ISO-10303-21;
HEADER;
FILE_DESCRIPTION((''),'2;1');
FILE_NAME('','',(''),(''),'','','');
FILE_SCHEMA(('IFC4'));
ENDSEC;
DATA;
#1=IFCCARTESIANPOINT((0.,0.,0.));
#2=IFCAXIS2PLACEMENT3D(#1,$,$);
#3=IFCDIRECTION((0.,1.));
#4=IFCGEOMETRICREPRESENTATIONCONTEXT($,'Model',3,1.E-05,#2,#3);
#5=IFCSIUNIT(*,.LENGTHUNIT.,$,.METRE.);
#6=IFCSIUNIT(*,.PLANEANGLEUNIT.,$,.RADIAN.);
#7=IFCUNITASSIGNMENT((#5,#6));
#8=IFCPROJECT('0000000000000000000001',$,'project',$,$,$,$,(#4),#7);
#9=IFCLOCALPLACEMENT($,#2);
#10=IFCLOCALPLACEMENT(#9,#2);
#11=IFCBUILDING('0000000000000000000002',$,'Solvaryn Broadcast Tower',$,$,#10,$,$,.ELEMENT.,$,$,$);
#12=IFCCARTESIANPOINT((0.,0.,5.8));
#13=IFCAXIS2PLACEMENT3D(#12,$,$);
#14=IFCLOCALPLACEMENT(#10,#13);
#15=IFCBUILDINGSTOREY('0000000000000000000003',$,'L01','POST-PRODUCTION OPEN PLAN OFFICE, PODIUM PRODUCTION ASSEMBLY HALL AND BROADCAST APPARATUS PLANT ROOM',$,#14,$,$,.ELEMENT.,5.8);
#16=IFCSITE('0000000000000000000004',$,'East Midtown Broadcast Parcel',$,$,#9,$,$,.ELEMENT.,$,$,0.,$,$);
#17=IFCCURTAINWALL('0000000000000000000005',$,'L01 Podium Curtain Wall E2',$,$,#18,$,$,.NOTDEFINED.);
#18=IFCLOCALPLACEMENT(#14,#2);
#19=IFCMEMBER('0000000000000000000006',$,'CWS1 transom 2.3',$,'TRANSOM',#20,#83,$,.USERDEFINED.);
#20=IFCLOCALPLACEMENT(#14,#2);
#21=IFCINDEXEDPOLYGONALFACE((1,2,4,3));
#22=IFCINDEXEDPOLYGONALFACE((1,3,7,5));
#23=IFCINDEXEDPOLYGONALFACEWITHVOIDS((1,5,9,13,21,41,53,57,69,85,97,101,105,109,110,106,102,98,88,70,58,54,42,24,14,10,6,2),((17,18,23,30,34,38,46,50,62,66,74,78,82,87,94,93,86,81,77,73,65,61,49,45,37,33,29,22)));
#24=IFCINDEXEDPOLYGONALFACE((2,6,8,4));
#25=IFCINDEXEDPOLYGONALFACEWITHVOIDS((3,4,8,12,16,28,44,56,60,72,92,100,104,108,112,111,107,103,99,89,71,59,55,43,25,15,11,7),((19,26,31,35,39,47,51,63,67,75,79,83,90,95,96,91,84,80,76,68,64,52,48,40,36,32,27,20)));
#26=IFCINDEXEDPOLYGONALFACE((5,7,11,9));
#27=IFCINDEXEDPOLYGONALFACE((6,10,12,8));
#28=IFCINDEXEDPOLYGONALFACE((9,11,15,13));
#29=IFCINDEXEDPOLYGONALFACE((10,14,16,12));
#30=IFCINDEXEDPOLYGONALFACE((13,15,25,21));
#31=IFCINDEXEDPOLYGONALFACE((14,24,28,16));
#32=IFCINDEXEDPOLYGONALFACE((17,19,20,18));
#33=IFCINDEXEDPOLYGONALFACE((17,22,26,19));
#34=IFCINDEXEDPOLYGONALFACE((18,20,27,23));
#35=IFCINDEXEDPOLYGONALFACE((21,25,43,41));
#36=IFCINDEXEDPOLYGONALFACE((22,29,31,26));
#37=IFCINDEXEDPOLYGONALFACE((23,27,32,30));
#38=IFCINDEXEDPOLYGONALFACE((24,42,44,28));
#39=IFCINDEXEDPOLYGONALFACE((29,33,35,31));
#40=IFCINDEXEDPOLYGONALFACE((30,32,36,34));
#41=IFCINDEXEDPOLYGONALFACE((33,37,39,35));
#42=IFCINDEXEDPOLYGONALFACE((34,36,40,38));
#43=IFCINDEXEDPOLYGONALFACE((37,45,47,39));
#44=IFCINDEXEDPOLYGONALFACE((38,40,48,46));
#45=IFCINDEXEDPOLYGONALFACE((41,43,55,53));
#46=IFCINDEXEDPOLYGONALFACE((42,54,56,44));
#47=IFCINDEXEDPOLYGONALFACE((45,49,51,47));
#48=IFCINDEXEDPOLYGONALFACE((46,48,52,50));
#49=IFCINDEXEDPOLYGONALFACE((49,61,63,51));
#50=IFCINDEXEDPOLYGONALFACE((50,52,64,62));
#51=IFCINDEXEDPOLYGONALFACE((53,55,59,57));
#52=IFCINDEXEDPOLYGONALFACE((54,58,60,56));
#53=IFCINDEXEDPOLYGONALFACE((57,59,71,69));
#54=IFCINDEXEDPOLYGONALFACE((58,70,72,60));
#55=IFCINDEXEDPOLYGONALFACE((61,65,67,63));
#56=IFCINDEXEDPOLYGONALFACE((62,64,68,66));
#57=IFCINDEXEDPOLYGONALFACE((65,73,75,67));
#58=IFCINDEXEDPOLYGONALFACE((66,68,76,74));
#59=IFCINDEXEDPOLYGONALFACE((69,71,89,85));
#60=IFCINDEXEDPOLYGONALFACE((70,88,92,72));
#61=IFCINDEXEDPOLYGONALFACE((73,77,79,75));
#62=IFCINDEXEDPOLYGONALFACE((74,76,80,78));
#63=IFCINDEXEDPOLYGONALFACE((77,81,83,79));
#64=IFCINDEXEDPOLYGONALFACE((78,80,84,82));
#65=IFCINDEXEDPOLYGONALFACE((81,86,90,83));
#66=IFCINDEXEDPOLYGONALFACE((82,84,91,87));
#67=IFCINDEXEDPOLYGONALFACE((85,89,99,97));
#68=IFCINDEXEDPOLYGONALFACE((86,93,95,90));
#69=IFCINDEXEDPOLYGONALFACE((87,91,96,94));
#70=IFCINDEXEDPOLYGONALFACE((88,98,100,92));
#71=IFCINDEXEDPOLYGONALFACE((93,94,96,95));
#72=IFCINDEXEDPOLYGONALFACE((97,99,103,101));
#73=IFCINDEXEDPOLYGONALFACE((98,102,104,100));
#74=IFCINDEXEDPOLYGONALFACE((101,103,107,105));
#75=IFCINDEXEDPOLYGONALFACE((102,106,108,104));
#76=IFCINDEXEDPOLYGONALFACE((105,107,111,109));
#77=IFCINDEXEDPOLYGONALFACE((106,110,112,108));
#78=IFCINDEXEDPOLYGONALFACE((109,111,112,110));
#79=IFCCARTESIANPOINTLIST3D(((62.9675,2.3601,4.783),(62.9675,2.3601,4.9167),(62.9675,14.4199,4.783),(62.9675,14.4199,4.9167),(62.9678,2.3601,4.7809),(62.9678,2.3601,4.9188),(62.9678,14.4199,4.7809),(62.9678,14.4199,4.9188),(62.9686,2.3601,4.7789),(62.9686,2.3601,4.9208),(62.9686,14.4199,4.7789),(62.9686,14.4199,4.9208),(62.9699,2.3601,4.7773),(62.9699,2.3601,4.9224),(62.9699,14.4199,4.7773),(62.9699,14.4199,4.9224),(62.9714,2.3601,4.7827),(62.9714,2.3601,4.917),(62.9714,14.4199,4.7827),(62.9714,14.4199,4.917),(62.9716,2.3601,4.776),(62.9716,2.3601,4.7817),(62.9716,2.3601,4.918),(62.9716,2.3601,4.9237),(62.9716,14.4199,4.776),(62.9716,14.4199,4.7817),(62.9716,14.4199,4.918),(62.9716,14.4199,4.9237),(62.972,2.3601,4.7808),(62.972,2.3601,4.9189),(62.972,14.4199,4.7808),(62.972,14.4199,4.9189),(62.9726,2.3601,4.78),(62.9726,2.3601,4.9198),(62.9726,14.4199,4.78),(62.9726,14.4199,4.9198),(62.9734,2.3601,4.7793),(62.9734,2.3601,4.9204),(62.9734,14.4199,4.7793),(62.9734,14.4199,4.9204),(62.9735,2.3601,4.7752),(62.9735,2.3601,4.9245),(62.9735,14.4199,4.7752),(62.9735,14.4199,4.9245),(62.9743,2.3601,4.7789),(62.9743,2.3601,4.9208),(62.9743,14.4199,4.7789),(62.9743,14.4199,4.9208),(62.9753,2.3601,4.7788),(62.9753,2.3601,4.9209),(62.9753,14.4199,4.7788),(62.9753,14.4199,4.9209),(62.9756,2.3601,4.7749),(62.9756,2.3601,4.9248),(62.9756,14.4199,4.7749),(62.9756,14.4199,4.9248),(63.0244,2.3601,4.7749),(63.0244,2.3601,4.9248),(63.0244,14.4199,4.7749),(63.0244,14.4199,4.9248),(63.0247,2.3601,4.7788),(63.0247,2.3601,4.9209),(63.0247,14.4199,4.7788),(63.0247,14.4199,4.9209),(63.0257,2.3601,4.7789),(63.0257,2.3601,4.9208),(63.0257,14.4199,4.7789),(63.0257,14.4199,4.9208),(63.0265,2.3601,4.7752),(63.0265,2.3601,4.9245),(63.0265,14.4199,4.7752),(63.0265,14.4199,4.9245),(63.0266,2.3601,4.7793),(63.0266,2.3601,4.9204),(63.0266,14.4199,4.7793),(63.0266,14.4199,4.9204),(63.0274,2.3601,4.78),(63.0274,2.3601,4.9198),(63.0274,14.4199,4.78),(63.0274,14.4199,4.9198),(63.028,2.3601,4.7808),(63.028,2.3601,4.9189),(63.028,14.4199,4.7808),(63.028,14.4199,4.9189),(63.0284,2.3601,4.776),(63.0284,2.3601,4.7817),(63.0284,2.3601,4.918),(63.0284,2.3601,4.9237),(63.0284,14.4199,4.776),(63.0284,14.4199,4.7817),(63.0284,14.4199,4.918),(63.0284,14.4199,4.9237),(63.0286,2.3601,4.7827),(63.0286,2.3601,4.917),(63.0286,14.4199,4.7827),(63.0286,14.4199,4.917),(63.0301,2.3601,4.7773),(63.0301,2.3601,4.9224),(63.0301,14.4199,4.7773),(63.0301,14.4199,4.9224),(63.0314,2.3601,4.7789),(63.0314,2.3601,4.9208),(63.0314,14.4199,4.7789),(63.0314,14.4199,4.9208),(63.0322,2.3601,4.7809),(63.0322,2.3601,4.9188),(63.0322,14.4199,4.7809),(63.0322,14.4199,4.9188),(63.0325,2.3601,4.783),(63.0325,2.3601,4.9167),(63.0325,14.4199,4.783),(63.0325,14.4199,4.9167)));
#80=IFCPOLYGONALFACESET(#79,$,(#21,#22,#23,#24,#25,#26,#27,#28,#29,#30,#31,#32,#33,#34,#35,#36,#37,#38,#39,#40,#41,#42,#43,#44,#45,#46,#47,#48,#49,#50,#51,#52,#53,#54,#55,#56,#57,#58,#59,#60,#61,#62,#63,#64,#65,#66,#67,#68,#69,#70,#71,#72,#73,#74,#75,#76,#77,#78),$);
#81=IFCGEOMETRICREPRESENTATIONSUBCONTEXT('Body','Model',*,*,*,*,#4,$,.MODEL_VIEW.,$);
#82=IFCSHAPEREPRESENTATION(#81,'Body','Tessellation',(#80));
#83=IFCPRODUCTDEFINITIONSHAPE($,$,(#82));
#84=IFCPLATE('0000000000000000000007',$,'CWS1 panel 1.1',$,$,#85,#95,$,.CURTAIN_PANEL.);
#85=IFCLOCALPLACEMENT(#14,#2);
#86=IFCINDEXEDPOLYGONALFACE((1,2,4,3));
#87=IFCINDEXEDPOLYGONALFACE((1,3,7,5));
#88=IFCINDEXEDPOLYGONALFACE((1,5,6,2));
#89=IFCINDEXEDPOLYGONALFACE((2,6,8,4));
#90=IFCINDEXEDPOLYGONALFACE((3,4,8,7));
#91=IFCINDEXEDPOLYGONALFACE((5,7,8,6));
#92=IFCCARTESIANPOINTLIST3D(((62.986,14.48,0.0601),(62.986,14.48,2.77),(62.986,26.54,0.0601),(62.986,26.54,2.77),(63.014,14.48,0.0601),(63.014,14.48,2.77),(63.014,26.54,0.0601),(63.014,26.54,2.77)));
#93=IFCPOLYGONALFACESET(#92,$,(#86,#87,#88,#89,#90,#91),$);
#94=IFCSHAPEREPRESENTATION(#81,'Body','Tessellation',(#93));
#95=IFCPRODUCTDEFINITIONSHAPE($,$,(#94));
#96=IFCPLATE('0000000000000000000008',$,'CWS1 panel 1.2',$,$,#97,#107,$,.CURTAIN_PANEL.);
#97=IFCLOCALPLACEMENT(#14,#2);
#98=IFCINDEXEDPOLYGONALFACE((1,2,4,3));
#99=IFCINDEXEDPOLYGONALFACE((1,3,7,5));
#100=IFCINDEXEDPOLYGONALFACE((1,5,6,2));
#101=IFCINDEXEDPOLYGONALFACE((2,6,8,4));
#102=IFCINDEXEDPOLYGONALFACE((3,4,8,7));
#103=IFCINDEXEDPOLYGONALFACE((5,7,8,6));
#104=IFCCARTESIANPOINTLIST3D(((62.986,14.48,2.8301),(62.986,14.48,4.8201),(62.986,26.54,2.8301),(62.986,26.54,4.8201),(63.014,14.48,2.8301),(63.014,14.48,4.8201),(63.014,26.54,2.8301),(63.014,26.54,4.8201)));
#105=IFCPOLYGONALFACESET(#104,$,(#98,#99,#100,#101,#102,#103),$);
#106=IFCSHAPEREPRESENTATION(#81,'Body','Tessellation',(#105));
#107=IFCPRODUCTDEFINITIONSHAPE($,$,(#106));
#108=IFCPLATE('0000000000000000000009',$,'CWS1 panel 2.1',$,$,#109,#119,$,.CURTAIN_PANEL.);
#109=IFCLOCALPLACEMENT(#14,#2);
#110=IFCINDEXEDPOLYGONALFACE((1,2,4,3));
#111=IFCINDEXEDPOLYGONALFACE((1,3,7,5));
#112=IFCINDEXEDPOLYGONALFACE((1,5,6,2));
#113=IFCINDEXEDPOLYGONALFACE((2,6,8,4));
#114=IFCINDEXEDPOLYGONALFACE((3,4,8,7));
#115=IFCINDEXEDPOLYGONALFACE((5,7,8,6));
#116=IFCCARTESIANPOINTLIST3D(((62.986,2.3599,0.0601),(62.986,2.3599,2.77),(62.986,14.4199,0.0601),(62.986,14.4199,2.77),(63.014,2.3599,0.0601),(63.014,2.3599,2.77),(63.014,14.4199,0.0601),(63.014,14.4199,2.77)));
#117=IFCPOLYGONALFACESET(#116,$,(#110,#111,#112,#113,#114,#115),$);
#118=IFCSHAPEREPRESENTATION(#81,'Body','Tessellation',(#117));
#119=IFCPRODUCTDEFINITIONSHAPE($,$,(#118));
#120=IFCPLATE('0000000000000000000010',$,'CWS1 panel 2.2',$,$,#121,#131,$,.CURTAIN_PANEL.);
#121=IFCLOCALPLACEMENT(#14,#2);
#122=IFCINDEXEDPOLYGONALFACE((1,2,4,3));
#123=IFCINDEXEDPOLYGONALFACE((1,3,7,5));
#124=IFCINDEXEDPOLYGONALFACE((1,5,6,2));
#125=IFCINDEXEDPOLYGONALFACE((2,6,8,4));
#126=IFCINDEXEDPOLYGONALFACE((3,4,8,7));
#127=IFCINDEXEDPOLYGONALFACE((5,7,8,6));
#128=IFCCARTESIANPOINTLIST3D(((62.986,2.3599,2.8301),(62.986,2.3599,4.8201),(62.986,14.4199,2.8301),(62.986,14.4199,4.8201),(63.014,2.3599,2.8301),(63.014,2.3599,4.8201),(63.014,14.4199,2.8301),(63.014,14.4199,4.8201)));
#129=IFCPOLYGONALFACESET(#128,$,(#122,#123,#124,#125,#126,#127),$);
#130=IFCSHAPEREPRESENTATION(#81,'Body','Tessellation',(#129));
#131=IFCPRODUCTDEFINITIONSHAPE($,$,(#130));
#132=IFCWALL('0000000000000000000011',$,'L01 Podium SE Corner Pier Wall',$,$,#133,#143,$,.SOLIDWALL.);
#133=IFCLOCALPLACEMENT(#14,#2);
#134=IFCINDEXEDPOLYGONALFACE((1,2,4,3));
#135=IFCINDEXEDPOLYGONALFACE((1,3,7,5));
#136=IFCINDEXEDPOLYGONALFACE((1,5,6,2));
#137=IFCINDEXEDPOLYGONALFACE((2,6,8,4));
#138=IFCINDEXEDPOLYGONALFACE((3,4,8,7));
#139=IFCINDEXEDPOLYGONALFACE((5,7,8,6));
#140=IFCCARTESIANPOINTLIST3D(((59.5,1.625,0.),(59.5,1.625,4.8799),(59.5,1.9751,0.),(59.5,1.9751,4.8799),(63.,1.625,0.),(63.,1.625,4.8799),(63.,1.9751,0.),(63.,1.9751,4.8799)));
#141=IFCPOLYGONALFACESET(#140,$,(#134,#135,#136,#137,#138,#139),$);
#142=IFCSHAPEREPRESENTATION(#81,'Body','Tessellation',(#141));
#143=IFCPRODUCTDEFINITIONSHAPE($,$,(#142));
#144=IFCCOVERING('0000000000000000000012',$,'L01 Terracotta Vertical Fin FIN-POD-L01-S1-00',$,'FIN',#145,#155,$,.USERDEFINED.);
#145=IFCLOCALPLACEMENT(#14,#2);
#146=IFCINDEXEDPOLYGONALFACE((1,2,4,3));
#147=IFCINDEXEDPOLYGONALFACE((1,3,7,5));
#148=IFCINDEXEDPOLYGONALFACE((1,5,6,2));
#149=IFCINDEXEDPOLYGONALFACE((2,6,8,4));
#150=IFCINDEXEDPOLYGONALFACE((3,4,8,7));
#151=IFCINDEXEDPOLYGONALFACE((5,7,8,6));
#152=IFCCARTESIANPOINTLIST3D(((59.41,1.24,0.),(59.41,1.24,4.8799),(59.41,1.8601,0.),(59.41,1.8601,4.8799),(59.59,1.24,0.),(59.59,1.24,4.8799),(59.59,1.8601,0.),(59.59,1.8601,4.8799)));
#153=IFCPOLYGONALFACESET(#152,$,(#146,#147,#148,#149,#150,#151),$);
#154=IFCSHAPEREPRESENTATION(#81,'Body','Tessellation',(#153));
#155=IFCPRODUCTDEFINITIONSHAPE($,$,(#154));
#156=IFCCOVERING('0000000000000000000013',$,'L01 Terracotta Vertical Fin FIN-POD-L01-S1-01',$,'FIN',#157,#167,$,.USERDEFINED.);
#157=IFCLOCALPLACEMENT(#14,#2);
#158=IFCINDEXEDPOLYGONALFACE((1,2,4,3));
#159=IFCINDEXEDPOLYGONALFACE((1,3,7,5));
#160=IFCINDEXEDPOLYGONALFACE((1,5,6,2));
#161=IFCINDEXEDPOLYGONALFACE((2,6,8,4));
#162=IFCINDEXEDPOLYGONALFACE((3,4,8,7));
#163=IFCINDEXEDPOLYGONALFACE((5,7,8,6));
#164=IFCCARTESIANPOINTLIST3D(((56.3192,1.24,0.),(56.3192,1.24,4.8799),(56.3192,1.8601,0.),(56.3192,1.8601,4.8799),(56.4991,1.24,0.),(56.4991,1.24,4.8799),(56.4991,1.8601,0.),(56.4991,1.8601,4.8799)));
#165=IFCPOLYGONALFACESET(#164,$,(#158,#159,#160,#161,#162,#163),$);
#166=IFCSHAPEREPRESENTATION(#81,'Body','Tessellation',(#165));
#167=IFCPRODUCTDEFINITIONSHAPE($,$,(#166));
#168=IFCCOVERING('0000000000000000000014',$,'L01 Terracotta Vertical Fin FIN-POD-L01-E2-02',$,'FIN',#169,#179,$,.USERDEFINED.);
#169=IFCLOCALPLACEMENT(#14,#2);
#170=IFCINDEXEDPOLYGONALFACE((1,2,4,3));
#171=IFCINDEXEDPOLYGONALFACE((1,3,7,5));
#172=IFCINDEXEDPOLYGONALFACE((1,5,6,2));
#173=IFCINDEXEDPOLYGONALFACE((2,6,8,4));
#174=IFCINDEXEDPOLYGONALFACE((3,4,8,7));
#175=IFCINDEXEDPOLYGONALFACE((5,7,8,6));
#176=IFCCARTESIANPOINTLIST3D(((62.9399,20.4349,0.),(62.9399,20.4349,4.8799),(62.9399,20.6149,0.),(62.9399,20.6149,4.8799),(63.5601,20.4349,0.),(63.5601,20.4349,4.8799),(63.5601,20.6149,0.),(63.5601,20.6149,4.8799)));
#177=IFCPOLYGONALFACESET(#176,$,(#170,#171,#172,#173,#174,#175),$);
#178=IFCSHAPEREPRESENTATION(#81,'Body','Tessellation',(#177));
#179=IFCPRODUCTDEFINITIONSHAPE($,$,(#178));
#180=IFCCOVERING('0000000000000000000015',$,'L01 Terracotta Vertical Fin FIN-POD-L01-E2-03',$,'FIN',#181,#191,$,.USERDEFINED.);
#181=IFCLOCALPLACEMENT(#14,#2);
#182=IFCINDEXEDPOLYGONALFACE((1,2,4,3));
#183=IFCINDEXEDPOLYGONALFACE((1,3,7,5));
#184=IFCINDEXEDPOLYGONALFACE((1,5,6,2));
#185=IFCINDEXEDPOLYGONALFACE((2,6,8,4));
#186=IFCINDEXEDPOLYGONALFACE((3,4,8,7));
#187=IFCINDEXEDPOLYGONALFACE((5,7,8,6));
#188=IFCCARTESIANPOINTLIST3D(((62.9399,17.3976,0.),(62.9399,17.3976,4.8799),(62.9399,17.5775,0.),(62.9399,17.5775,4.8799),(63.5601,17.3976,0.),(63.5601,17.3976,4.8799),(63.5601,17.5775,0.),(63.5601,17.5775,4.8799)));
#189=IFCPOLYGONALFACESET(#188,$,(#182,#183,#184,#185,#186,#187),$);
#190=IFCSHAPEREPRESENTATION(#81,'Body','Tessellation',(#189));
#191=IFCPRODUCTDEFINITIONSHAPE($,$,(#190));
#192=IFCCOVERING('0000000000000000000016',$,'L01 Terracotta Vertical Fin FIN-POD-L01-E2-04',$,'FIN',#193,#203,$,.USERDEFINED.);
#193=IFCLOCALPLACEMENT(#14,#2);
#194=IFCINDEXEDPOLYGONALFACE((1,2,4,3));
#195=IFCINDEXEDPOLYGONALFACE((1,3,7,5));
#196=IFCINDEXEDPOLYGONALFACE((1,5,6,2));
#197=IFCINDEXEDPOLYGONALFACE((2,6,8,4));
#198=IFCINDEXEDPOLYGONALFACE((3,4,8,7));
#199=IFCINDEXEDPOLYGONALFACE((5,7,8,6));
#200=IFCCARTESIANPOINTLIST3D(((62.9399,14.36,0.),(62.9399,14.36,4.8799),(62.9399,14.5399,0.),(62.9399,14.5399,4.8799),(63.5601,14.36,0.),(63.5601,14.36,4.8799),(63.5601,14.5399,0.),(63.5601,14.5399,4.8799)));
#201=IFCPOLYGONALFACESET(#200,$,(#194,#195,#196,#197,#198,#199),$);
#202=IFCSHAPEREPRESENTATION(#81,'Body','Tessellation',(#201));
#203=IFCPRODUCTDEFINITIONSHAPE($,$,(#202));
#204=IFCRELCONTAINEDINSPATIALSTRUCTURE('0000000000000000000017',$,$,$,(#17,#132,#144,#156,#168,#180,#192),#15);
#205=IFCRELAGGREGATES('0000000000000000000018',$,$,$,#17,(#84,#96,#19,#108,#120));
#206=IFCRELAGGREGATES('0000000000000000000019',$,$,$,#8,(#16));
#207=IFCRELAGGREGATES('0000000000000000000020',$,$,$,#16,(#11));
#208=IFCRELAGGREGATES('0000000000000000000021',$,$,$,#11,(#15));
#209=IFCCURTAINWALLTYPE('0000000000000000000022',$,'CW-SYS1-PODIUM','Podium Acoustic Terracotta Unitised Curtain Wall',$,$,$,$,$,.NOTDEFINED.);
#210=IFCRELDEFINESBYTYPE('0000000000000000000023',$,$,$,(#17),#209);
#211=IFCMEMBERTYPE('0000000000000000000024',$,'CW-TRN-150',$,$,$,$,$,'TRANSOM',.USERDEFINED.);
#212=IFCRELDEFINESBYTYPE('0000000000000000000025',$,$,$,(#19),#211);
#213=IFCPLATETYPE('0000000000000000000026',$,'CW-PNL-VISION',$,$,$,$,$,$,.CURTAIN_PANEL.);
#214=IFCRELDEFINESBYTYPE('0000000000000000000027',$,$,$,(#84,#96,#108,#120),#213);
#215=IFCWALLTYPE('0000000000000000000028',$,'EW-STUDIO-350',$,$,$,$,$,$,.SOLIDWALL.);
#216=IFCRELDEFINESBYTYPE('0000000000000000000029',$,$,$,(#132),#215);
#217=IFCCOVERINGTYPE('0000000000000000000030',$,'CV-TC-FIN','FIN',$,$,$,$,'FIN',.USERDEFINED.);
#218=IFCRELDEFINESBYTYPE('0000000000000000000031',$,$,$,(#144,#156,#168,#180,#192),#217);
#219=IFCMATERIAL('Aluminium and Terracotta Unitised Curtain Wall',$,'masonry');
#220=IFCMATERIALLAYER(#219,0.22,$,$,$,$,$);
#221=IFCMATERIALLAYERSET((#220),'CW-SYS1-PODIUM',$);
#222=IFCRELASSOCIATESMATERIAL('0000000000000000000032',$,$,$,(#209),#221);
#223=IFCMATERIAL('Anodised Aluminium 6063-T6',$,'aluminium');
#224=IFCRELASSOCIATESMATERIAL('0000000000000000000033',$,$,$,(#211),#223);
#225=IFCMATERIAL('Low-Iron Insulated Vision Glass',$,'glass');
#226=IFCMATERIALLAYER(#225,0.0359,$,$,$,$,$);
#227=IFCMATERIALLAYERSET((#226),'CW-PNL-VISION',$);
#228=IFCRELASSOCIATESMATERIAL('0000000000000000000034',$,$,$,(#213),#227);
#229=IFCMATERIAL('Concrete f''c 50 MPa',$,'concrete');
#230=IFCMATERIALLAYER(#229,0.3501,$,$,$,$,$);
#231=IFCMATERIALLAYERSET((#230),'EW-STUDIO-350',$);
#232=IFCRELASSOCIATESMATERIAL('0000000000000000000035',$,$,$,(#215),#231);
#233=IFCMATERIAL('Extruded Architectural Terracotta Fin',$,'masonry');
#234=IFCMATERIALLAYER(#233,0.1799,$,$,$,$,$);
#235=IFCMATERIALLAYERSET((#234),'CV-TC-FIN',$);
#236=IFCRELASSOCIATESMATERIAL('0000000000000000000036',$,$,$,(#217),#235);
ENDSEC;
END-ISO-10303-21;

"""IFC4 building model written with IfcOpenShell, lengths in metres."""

from ifc_helpers import new_model, si_unit, direction, frame, frame_2d, origin, origin_2d, place, context, subcontext, project, spatial, rectangle, hollow_rectangle, extrude, material, layer, layer_set, material_profile, profile_set, type_object, element, aggregate, save


model = new_model("IFC4")

# Units and contexts
model_context = context("Model", 3, precision=1e-05, world=origin(), true_north=direction((0.0, 1.0)))
body_context = subcontext(model_context, "Body", "Model", "MODEL_VIEW")
ifc_project = project(units=[si_unit("LENGTHUNIT", "METRE"), si_unit("PLANEANGLEUNIT", "RADIAN")], contexts=[model_context])

# Site, building, storey
site_placement = place(None, origin())
site = spatial("IfcSite", under=ifc_project, at=site_placement, Name="East Midtown Broadcast Parcel", CompositionType="ELEMENT", RefElevation=0.0)
building_placement = place(site_placement, origin())
building = spatial("IfcBuilding", under=site, at=building_placement, Name="Solvaryn Broadcast Tower", CompositionType="ELEMENT")
storey_placement = place(building_placement, frame((0.0, 0.0, 5.8)))
storey = spatial("IfcBuildingStorey", under=building, at=storey_placement, Name="L01", Description="POST-PRODUCTION OPEN PLAN OFFICE, PODIUM PRODUCTION ASSEMBLY HALL AND BROADCAST APPARATUS PLANT ROOM", CompositionType="ELEMENT", Elevation=5.8)

# Shared definitions
ifc_material_1 = material(Name="Aluminium and Terracotta Unitised Curtain Wall", Category="masonry")
ifc_layer_1 = layer(ifc_material_1, 0.22)
ifc_layer_set_1 = layer_set([ifc_layer_1], Name="CW-SYS1-PODIUM")
curtain_wall_type = type_object("IfcCurtainWallType", Name="CW-SYS1-PODIUM", Description="Podium Acoustic Terracotta Unitised Curtain Wall", PredefinedType="NOTDEFINED", material=ifc_layer_set_1)

# Curtain wall
curtain_wall_1_placement = place(storey_placement, origin())
curtain_wall_1 = element("IfcCurtainWall", 1, at=curtain_wall_1_placement, inside=storey, type_object=curtain_wall_type, Name="L01 Podium Curtain Wall E2", PredefinedType="NOTDEFINED")

# Member
ifc_material_2 = material(Name="Anodised Aluminium 6063-T6", Category="aluminium")
ifc_material_profile_1 = material_profile(ifc_material_2, hollow_rectangle(XDim=0.0649, YDim=0.1499, WallThickness=0.0039, InnerFilletRadius=0.0039, OuterFilletRadius=0.0081, at=origin_2d()))
ifc_profile_set_1 = profile_set([ifc_material_profile_1], Name="Anodised Aluminium 6063-T6")
member_type_1 = type_object("IfcMemberType", Name="CW-TRN-150", ElementType="TRANSOM", PredefinedType="USERDEFINED", material=ifc_profile_set_1)
member_1_placement = place(storey_placement, frame((63.0, 14.4199, 4.8499), z_axis=(0.0, -1.0, 0.0), x_axis=(1.0, 0.0, 0.0)))
member_1 = element("IfcMember", 2, at=member_1_placement, type_object=member_type_1, Name="CWS1 transom 2.3", ObjectType="TRANSOM", PredefinedType="USERDEFINED", context=body_context, shape_type="SweptSolid", body=[
    extrude(hollow_rectangle(XDim=0.0649, YDim=0.1499, WallThickness=0.0039, InnerFilletRadius=0.0039, OuterFilletRadius=0.0081, at=origin_2d()), origin(), (0.0, 0.0, 1.0), 12.0598),
])

# Plates
ifc_material_3 = material(Name="Low-Iron Insulated Vision Glass", Category="glass")
ifc_layer_2 = layer(ifc_material_3, 0.0359)
ifc_layer_set_2 = layer_set([ifc_layer_2], Name="CW-PNL-VISION")
plate_type = type_object("IfcPlateType", Name="CW-PNL-VISION", PredefinedType="CURTAIN_PANEL", material=ifc_layer_set_2)
plate_1_placement = place(storey_placement, frame((63.0, 20.51, 0.0601), z_axis=(0.0, 0.0, 1.0), x_axis=(0.0, -1.0, 0.0)))
plate_1 = element("IfcPlate", 3, at=plate_1_placement, type_object=plate_type, Name="CWS1 panel 1.1", PredefinedType="CURTAIN_PANEL", context=body_context, shape_type="SweptSolid", body=[
    extrude(rectangle(XDim=12.0601, YDim=0.0281, at=origin_2d()), origin(), (0.0, 0.0, 1.0), 2.71),
])
plate_2_placement = place(storey_placement, frame((63.0, 20.51, 2.8301), z_axis=(0.0, 0.0, 1.0), x_axis=(0.0, -1.0, 0.0)))
plate_2 = element("IfcPlate", 4, at=plate_2_placement, type_object=plate_type, Name="CWS1 panel 1.2", PredefinedType="CURTAIN_PANEL", context=body_context, shape_type="SweptSolid", body=[
    extrude(rectangle(XDim=12.0601, YDim=0.0281, at=origin_2d()), origin(), (0.0, 0.0, 1.0), 1.99),
])
plate_3_placement = place(storey_placement, frame((63.0, 8.3899, 0.0601), z_axis=(0.0, 0.0, 1.0), x_axis=(0.0, -1.0, 0.0)))
plate_3 = element("IfcPlate", 5, at=plate_3_placement, type_object=plate_type, Name="CWS1 panel 2.1", PredefinedType="CURTAIN_PANEL", context=body_context, shape_type="SweptSolid", body=[
    extrude(rectangle(XDim=12.0601, YDim=0.0281, at=origin_2d()), origin(), (0.0, 0.0, 1.0), 2.71),
])
plate_4_placement = place(storey_placement, frame((63.0, 8.3899, 2.8301), z_axis=(0.0, 0.0, 1.0), x_axis=(0.0, -1.0, 0.0)))
plate_4 = element("IfcPlate", 6, at=plate_4_placement, type_object=plate_type, Name="CWS1 panel 2.2", PredefinedType="CURTAIN_PANEL", context=body_context, shape_type="SweptSolid", body=[
    extrude(rectangle(XDim=12.0601, YDim=0.0281, at=origin_2d()), origin(), (0.0, 0.0, 1.0), 1.99),
])
aggregate(curtain_wall_1, [plate_1, plate_2, member_1, plate_3, plate_4])

# Wall
ifc_material_4 = material(Name="Concrete f'c 50 MPa", Category="concrete")
ifc_layer_3 = layer(ifc_material_4, 0.3501)
ifc_layer_set_3 = layer_set([ifc_layer_3], Name="EW-STUDIO-350")
wall_type = type_object("IfcWallType", Name="EW-STUDIO-350", PredefinedType="SOLIDWALL", material=ifc_layer_set_3)
wall_placement = place(storey_placement, frame((63.0, 1.8, 0.0), z_axis=(0.0, 0.0, 1.0), x_axis=(-1.0, 0.0, 0.0)))
element("IfcWall", 7, at=wall_placement, inside=storey, type_object=wall_type, Name="L01 Podium SE Corner Pier Wall", PredefinedType="SOLIDWALL", context=body_context, shape_type="SweptSolid", body=[
    extrude(rectangle(XDim=3.5, YDim=0.3501, at=frame_2d((1.75, 0.0))), origin(), (0.0, 0.0, 1.0), 4.8799),
])

# Coverings
ifc_material_5 = material(Name="Extruded Architectural Terracotta Fin", Category="masonry")
ifc_layer_4 = layer(ifc_material_5, 0.1799)
ifc_layer_set_4 = layer_set([ifc_layer_4], Name="CV-TC-FIN")
covering_type = type_object("IfcCoveringType", Name="CV-TC-FIN", Description="FIN", ElementType="FIN", PredefinedType="USERDEFINED", material=ifc_layer_set_4)
for number, where, z_axis, x_axis, name in (
    (8, (59.5, 1.55, 0.0), (0.0, 0.0, 1.0), (1.0, 0.0, 0.0), "L01 Terracotta Vertical Fin FIN-POD-L01-S1-00"),
    (9, (56.4092, 1.55, 0.0), (0.0, 0.0, 1.0), (1.0, 0.0, 0.0), "L01 Terracotta Vertical Fin FIN-POD-L01-S1-01"),
):
    element("IfcCovering", number, at=place(storey_placement, frame(where, z_axis=z_axis, x_axis=x_axis)), inside=storey, type_object=covering_type, Name=name, ObjectType="FIN", PredefinedType="USERDEFINED", context=body_context, shape_type="SweptSolid", body=[
        extrude(rectangle(XDim=0.1799, YDim=0.6201, at=origin_2d()), origin(), (0.0, 0.0, 1.0), 4.8799),
    ])
for number, where, z_axis, x_axis, name in (
    (10, (63.25, 20.5249, 0.0), (0.0, 0.0, 1.0), (1.0, 0.0, 0.0), "L01 Terracotta Vertical Fin FIN-POD-L01-E2-02"),
    (11, (63.25, 17.4875, 0.0), (0.0, 0.0, 1.0), (1.0, 0.0, 0.0), "L01 Terracotta Vertical Fin FIN-POD-L01-E2-03"),
    (12, (63.25, 14.45, 0.0), (0.0, 0.0, 1.0), (1.0, 0.0, 0.0), "L01 Terracotta Vertical Fin FIN-POD-L01-E2-04"),
):
    element("IfcCovering", number, at=place(storey_placement, frame(where, z_axis=z_axis, x_axis=x_axis)), inside=storey, type_object=covering_type, Name=name, ObjectType="FIN", PredefinedType="USERDEFINED", context=body_context, shape_type="SweptSolid", body=[
        extrude(rectangle(XDim=0.6201, YDim=0.1799, at=origin_2d()), origin(), (0.0, 0.0, 1.0), 4.8799),
    ])

save(model, "model.ifc")
